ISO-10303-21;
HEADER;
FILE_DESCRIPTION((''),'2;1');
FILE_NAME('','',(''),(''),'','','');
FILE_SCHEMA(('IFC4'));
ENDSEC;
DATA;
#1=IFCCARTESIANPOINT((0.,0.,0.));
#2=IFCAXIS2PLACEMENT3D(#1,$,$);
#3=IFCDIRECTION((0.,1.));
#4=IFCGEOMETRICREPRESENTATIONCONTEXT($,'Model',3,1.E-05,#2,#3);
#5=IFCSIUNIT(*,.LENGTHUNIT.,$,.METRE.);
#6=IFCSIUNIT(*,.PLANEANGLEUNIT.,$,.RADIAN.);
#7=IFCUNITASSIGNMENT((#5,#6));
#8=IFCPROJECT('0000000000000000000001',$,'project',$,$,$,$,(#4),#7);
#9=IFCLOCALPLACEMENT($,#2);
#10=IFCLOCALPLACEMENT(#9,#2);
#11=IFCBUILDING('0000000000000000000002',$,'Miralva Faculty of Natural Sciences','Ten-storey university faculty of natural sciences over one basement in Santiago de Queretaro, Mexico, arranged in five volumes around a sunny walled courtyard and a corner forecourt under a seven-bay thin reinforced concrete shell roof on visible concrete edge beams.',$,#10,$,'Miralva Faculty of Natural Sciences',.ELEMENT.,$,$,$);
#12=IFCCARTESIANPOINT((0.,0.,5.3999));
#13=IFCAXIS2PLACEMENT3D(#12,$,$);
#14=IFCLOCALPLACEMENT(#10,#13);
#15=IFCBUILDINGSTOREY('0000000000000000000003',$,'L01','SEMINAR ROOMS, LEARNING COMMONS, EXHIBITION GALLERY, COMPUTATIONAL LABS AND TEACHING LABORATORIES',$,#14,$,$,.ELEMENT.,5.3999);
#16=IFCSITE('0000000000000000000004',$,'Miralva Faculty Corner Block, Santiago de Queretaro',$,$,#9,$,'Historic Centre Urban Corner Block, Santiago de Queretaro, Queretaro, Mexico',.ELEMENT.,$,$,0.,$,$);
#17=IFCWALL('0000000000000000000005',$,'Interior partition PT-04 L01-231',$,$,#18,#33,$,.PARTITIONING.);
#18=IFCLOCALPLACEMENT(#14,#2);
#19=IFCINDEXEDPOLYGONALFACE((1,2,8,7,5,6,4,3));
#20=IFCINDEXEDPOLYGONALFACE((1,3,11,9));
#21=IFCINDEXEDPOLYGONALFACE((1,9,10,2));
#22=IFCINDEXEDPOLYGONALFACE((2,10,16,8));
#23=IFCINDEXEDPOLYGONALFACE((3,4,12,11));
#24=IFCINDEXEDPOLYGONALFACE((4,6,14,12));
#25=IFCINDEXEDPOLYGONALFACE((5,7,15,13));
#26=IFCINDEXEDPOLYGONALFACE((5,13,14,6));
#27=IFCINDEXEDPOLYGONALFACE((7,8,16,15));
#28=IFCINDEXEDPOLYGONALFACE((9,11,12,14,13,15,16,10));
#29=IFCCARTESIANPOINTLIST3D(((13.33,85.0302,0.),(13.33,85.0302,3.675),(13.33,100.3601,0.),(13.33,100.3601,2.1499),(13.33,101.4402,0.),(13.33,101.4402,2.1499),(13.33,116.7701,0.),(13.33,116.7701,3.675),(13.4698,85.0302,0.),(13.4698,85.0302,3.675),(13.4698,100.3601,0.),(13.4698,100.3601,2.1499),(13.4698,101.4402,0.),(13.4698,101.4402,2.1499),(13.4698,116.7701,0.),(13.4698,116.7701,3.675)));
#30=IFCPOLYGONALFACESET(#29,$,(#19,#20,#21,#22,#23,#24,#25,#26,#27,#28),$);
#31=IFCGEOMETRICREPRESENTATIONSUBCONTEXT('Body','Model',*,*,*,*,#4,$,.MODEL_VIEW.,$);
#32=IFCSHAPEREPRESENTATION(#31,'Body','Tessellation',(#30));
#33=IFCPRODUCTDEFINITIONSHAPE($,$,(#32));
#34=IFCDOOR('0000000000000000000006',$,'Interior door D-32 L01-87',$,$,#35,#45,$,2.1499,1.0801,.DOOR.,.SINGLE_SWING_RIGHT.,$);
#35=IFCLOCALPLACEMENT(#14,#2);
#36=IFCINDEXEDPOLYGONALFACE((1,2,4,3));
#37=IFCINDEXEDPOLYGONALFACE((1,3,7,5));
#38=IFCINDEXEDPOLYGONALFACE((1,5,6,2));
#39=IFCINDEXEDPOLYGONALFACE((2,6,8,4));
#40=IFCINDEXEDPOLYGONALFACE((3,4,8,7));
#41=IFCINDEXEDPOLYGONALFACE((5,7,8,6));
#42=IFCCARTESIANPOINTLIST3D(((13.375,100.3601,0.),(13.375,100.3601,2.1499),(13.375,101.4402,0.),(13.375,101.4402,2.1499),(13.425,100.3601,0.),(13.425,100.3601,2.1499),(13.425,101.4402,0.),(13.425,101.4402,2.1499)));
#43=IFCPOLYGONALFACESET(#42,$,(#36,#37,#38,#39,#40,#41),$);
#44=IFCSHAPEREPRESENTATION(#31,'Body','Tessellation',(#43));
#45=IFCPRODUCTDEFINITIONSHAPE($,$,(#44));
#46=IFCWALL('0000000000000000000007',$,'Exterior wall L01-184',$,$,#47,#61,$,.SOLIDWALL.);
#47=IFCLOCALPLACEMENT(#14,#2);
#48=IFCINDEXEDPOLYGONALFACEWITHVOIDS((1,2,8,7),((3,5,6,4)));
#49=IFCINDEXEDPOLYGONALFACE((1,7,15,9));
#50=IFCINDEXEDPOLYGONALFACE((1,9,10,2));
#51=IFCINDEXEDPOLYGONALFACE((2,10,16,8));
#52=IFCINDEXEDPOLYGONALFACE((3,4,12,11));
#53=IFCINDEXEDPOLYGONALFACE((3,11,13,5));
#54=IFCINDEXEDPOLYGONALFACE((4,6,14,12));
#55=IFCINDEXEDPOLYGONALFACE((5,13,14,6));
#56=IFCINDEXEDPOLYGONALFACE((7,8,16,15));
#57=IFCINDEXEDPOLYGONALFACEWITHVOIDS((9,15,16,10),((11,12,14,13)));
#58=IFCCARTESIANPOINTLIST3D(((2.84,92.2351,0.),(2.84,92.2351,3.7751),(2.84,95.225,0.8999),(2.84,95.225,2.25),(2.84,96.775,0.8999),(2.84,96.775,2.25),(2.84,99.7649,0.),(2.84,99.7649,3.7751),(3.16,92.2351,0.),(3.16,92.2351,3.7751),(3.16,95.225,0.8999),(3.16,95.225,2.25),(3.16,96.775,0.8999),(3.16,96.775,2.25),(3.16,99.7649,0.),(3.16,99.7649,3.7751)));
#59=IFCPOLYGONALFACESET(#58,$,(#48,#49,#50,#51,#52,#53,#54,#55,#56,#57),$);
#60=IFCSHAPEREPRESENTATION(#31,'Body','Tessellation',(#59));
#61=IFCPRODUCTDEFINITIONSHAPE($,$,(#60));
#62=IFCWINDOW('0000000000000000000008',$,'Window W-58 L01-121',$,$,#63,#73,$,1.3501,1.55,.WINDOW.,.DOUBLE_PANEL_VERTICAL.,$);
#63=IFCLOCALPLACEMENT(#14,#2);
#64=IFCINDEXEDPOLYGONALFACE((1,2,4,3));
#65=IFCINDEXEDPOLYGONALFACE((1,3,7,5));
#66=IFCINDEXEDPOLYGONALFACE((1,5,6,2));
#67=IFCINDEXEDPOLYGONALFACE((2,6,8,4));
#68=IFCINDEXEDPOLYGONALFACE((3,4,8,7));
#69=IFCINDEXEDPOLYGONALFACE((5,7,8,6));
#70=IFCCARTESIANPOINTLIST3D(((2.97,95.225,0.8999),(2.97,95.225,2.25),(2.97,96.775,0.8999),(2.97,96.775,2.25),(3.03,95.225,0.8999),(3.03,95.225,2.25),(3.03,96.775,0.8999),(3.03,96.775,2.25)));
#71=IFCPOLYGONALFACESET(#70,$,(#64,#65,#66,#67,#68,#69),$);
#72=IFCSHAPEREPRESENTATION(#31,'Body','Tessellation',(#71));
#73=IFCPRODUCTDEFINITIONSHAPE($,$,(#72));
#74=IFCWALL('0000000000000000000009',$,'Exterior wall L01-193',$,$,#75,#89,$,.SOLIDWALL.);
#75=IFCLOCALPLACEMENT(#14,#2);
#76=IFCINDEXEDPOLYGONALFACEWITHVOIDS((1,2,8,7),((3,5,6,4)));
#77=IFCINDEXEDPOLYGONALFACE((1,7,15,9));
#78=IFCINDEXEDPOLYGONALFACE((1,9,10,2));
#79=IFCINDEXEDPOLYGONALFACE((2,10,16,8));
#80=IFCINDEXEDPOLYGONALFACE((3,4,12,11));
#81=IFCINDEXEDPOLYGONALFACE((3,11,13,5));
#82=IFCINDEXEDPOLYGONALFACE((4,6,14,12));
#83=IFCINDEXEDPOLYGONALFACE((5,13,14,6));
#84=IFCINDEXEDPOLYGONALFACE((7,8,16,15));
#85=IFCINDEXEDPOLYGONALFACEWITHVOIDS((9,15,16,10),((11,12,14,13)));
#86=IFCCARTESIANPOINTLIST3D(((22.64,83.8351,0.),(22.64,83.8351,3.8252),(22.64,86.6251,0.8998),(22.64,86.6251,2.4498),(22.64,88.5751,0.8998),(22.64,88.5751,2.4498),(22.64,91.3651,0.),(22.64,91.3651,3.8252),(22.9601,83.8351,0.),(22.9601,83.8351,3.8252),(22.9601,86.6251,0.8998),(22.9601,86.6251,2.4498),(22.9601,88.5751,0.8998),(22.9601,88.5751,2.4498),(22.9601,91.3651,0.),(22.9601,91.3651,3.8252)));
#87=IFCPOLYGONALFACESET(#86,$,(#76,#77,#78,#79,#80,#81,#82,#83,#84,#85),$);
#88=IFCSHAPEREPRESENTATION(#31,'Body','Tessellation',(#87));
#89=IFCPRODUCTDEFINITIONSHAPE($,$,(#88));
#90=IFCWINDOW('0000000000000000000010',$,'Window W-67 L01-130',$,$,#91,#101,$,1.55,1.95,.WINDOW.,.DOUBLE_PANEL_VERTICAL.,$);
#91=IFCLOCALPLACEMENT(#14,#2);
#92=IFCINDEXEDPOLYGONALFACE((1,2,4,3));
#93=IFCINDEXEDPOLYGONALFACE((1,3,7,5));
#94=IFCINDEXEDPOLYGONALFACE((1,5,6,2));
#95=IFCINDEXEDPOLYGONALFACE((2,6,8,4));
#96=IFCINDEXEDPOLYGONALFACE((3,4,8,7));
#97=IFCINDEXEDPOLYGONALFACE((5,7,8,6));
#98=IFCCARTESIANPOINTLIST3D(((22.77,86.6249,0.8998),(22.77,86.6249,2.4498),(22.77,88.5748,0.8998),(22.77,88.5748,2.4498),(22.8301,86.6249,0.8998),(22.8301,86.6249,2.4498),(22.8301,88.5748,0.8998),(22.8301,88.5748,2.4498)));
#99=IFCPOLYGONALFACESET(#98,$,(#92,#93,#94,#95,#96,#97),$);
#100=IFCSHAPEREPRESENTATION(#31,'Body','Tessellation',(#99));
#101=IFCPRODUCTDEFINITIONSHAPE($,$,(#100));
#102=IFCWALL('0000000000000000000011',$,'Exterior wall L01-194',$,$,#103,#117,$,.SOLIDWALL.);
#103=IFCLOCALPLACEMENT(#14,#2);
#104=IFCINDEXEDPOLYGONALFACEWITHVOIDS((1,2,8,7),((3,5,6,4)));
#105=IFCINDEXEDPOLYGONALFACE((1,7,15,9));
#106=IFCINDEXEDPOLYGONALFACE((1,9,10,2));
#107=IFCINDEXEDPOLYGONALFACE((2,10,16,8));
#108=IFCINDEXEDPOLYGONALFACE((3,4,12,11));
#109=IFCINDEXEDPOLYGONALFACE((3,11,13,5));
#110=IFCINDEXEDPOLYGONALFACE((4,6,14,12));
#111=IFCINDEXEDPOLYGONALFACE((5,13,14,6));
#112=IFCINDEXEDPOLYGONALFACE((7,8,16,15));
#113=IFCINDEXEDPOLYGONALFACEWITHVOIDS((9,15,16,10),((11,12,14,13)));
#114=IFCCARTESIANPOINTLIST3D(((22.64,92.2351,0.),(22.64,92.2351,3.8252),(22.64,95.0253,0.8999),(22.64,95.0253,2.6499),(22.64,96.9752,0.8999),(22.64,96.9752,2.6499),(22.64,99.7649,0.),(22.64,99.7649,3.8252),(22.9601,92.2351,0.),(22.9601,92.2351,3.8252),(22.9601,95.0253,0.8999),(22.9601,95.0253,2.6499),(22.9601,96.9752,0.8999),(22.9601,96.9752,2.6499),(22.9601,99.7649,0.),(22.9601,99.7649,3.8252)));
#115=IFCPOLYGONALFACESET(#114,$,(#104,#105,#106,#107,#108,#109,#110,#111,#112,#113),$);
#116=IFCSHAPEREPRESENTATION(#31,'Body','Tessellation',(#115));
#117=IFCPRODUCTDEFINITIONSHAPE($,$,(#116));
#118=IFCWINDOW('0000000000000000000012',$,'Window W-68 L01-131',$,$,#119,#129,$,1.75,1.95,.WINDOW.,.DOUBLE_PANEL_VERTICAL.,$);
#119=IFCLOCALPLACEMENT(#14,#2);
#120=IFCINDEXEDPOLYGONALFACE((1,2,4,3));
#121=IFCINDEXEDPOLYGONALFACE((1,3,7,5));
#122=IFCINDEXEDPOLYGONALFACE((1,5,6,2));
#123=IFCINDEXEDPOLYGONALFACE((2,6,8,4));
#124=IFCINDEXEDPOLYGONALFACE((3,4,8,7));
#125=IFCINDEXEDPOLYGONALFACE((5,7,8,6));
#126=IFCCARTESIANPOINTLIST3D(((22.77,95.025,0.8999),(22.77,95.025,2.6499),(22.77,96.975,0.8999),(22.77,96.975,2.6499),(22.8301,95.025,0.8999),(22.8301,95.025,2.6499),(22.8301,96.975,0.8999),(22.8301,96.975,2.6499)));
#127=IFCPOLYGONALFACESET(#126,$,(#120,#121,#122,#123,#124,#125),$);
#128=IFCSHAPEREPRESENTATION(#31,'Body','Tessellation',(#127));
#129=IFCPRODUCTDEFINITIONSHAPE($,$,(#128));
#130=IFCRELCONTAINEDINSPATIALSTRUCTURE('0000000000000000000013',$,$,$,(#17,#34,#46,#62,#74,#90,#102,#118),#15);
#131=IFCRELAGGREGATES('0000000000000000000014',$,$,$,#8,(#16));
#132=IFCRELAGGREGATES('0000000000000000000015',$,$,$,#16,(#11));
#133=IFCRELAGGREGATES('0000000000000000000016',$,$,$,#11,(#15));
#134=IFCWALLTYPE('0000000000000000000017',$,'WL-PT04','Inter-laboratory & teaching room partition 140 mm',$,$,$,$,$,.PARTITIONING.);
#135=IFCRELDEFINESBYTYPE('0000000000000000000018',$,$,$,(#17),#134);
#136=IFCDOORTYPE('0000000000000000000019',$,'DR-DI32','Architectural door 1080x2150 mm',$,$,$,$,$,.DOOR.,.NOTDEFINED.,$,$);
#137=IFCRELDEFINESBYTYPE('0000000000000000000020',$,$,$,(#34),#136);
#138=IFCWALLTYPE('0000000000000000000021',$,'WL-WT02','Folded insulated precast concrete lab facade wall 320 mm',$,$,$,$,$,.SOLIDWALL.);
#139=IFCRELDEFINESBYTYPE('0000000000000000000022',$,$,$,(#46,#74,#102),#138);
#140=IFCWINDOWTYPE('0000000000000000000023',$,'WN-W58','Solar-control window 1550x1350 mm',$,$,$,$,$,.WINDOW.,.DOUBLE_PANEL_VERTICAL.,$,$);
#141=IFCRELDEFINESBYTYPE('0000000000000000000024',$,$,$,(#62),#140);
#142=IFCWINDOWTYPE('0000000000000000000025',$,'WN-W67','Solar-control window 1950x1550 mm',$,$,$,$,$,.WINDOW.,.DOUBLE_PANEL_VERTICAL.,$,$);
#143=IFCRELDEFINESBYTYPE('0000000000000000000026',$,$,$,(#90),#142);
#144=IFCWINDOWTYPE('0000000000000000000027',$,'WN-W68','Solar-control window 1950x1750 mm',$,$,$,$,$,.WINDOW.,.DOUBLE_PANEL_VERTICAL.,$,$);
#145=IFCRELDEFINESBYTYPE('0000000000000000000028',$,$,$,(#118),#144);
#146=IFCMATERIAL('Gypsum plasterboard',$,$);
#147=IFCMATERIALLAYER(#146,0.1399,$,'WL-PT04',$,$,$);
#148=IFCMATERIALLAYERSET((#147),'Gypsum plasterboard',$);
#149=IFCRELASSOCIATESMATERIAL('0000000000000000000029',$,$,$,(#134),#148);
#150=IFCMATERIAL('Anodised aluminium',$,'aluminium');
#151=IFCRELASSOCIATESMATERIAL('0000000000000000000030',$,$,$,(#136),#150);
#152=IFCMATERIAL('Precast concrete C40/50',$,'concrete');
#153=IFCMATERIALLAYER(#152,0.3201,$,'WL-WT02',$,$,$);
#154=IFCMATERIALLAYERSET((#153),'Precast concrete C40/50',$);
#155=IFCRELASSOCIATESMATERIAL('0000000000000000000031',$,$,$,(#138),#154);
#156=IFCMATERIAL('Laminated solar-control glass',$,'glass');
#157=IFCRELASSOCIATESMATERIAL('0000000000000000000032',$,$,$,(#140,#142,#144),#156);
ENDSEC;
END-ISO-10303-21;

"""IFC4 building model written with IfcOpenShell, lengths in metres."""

from ifc_helpers import new_model, si_unit, direction, frame, frame_2d, origin, place, context, subcontext, project, spatial, rectangle, extrude, material, layer, layer_set, type_object, element, fill, save


model = new_model("IFC4")

# Units and contexts
model_context = context("Model", 3, precision=1e-05, world=origin(), true_north=direction((0.0, 1.0)))
body_context = subcontext(model_context, "Body", "Model", "MODEL_VIEW")
ifc_project = project(units=[si_unit("LENGTHUNIT", "METRE"), si_unit("PLANEANGLEUNIT", "RADIAN")], contexts=[model_context])

# Site, building, storey
site_placement = place(None, origin())
site = spatial("IfcSite", under=ifc_project, at=site_placement, Name="Miralva Faculty Corner Block, Santiago de Queretaro", LongName="Historic Centre Urban Corner Block, Santiago de Queretaro, Queretaro, Mexico", CompositionType="ELEMENT", RefElevation=0.0)
building_placement = place(site_placement, origin())
building = spatial("IfcBuilding", under=site, at=building_placement, Name="Miralva Faculty of Natural Sciences", Description="Ten-storey university faculty of natural sciences over one basement in Santiago de Queretaro, Mexico, arranged in five volumes around a sunny walled courtyard and a corner forecourt under a seven-bay thin reinforced concrete shell roof on visible concrete edge beams.", LongName="Miralva Faculty of Natural Sciences", CompositionType="ELEMENT")
storey_placement = place(building_placement, frame((0.0, 0.0, 5.3999)))
storey = spatial("IfcBuildingStorey", under=building, at=storey_placement, Name="L01", Description="SEMINAR ROOMS, LEARNING COMMONS, EXHIBITION GALLERY, COMPUTATIONAL LABS AND TEACHING LABORATORIES", CompositionType="ELEMENT", Elevation=5.3999)

# Shared definitions
ifc_material_1 = material(Name="Gypsum plasterboard")

# Wall, opening, door
ifc_layer_1 = layer(ifc_material_1, 0.1399, Name="WL-PT04")
ifc_layer_set_1 = layer_set([ifc_layer_1], Name="Gypsum plasterboard")
wall_type_1 = type_object("IfcWallType", Name="WL-PT04", Description="Inter-laboratory & teaching room partition 140 mm", PredefinedType="PARTITIONING", material=ifc_layer_set_1)
wall_1_placement = place(storey_placement, frame((13.3999, 85.03, 0.0), z_axis=(0.0, 0.0, 1.0), x_axis=(0.0, 1.0, 0.0)))
wall_1 = element("IfcWall", 1, at=wall_1_placement, inside=storey, type_object=wall_type_1, Name="Interior partition PT-04 L01-231", PredefinedType="PARTITIONING", context=body_context, shape_type="SweptSolid", body=[
    extrude(rectangle(XDim=31.74, YDim=0.1399, at=frame_2d((15.8701, 0.0))), origin(), (0.0, 0.0, 1.0), 3.675),
])
opening_1_placement = place(wall_1_placement, frame((15.3301, 0.0, 0.0)))
opening_1 = element("IfcOpeningElement", 2, at=opening_1_placement, cuts=wall_1, PredefinedType="OPENING", context=body_context, shape_type="SweptSolid", body=[
    extrude(rectangle(XDim=1.0801, YDim=2.1499, at=frame_2d((0.54, 1.075))), frame((0.0, 0.0798, 0.0), z_axis=(0.0, -1.0, 0.0), x_axis=(1.0, 0.0, 0.0)), (0.0, 0.0, 1.0), 0.1599),
])
ifc_material_2 = material(Name="Anodised aluminium", Category="aluminium")
door_type = type_object("IfcDoorType", Name="DR-DI32", Description="Architectural door 1080x2150 mm", OperationType="NOTDEFINED", PredefinedType="DOOR", material=ifc_material_2)
door_placement = place(opening_1_placement, origin())
door = element("IfcDoor", 3, at=door_placement, inside=storey, type_object=door_type, Name="Interior door D-32 L01-87", OperationType="SINGLE_SWING_RIGHT", OverallHeight=2.1499, OverallWidth=1.0801, PredefinedType="DOOR", context=body_context, shape_type="SweptSolid", body=[
    extrude(rectangle(XDim=1.0801, YDim=2.1499, at=frame_2d((0.54, 1.075))), frame((0.0, 0.0249, 0.0), z_axis=(0.0, -1.0, 0.0), x_axis=(1.0, 0.0, 0.0)), (0.0, 0.0, 1.0), 0.05),
])
fill(opening_1, door)

# Walls, openings, windows
ifc_material_3 = material(Name="Precast concrete C40/50", Category="concrete")
ifc_layer_2 = layer(ifc_material_3, 0.3201, Name="WL-WT02")
ifc_layer_set_2 = layer_set([ifc_layer_2], Name="Precast concrete C40/50")
wall_type_2 = type_object("IfcWallType", Name="WL-WT02", Description="Folded insulated precast concrete lab facade wall 320 mm", PredefinedType="SOLIDWALL", material=ifc_layer_set_2)
wall_2_placement = place(storey_placement, frame((3.0, 92.2351, 0.0), z_axis=(0.0, 0.0, 1.0), x_axis=(0.0, 1.0, 0.0)))
wall_2 = element("IfcWall", 4, at=wall_2_placement, inside=storey, type_object=wall_type_2, Name="Exterior wall L01-184", PredefinedType="SOLIDWALL", context=body_context, shape_type="SweptSolid", body=[
    extrude(rectangle(XDim=7.5298, YDim=0.3201, at=frame_2d((3.7649, 0.0))), origin(), (0.0, 0.0, 1.0), 3.7751),
])
opening_2_placement = place(wall_2_placement, frame((2.99, 0.0, 0.8999)))
opening_2 = element("IfcOpeningElement", 5, at=opening_2_placement, cuts=wall_2, PredefinedType="OPENING", context=body_context, shape_type="SweptSolid", body=[
    extrude(rectangle(XDim=1.55, YDim=1.3501, at=frame_2d((0.7749, 0.675))), frame((0.0, 0.1699, 0.0), z_axis=(0.0, -1.0, 0.0), x_axis=(1.0, 0.0, 0.0)), (0.0, 0.0, 1.0), 0.3401),
])
ifc_material_4 = material(Name="Laminated solar-control glass", Category="glass")
window_type_1 = type_object("IfcWindowType", Name="WN-W58", Description="Solar-control window 1550x1350 mm", PartitioningType="DOUBLE_PANEL_VERTICAL", PredefinedType="WINDOW", material=ifc_material_4)
window_1_placement = place(opening_2_placement, origin())
window_1 = element("IfcWindow", 6, at=window_1_placement, inside=storey, type_object=window_type_1, Name="Window W-58 L01-121", OverallHeight=1.3501, OverallWidth=1.55, PartitioningType="DOUBLE_PANEL_VERTICAL", PredefinedType="WINDOW", context=body_context, shape_type="SweptSolid", body=[
    extrude(rectangle(XDim=1.55, YDim=1.3501, at=frame_2d((0.7749, 0.675))), frame((0.0, 0.03, 0.0), z_axis=(0.0, -1.0, 0.0), x_axis=(1.0, 0.0, 0.0)), (0.0, 0.0, 1.0), 0.0601),
])
fill(opening_2, window_1)
wall_3_placement = place(storey_placement, frame((22.8, 83.835, 0.0), z_axis=(0.0, 0.0, 1.0), x_axis=(0.0, 1.0, 0.0)))
wall_3 = element("IfcWall", 7, at=wall_3_placement, inside=storey, type_object=wall_type_2, Name="Exterior wall L01-193", PredefinedType="SOLIDWALL", context=body_context, shape_type="SweptSolid", body=[
    extrude(rectangle(XDim=7.53, YDim=0.3201, at=frame_2d((3.7651, 0.0))), origin(), (0.0, 0.0, 1.0), 3.8252),
])
opening_3_placement = place(wall_3_placement, frame((2.79, 0.0, 0.8999)))
opening_3 = element("IfcOpeningElement", 8, at=opening_3_placement, cuts=wall_3, PredefinedType="OPENING", context=body_context, shape_type="SweptSolid", body=[
    extrude(rectangle(XDim=1.95, YDim=1.55, at=frame_2d((0.9751, 0.7749))), frame((0.0, 0.1699, 0.0), z_axis=(0.0, -1.0, 0.0), x_axis=(1.0, 0.0, 0.0)), (0.0, 0.0, 1.0), 0.3401),
])
window_type_2 = type_object("IfcWindowType", Name="WN-W67", Description="Solar-control window 1950x1550 mm", PartitioningType="DOUBLE_PANEL_VERTICAL", PredefinedType="WINDOW", material=ifc_material_4)
window_2_placement = place(opening_3_placement, frame((1.95, 0.0, 0.0), z_axis=(0.0, 0.0, 1.0), x_axis=(-1.0, 0.0, 0.0)))
window_2 = element("IfcWindow", 9, at=window_2_placement, inside=storey, type_object=window_type_2, Name="Window W-67 L01-130", OverallHeight=1.55, OverallWidth=1.95, PartitioningType="DOUBLE_PANEL_VERTICAL", PredefinedType="WINDOW", context=body_context, shape_type="SweptSolid", body=[
    extrude(rectangle(XDim=1.95, YDim=1.55, at=frame_2d((0.9751, 0.7749))), frame((0.0, 0.03, 0.0), z_axis=(0.0, -1.0, 0.0), x_axis=(1.0, 0.0, 0.0)), (0.0, 0.0, 1.0), 0.0601),
])
fill(opening_3, window_2)
wall_4_placement = place(storey_placement, frame((22.8, 92.2351, 0.0), z_axis=(0.0, 0.0, 1.0), x_axis=(0.0, 1.0, 0.0)))
wall_4 = element("IfcWall", 10, at=wall_4_placement, inside=storey, type_object=wall_type_2, Name="Exterior wall L01-194", PredefinedType="SOLIDWALL", context=body_context, shape_type="SweptSolid", body=[
    extrude(rectangle(XDim=7.5298, YDim=0.3201, at=frame_2d((3.7649, 0.0))), origin(), (0.0, 0.0, 1.0), 3.8252),
])
opening_4_placement = place(wall_4_placement, frame((2.79, 0.0, 0.8999)))
opening_4 = element("IfcOpeningElement", 11, at=opening_4_placement, cuts=wall_4, PredefinedType="OPENING", context=body_context, shape_type="SweptSolid", body=[
    extrude(rectangle(XDim=1.95, YDim=1.75, at=frame_2d((0.9751, 0.875))), frame((0.0, 0.1699, 0.0), z_axis=(0.0, -1.0, 0.0), x_axis=(1.0, 0.0, 0.0)), (0.0, 0.0, 1.0), 0.3401),
])
window_type_3 = type_object("IfcWindowType", Name="WN-W68", Description="Solar-control window 1950x1750 mm", PartitioningType="DOUBLE_PANEL_VERTICAL", PredefinedType="WINDOW", material=ifc_material_4)
window_3_placement = place(opening_4_placement, frame((1.95, 0.0, 0.0), z_axis=(0.0, 0.0, 1.0), x_axis=(-1.0, 0.0, 0.0)))
window_3 = element("IfcWindow", 12, at=window_3_placement, inside=storey, type_object=window_type_3, Name="Window W-68 L01-131", OverallHeight=1.75, OverallWidth=1.95, PartitioningType="DOUBLE_PANEL_VERTICAL", PredefinedType="WINDOW", context=body_context, shape_type="SweptSolid", body=[
    extrude(rectangle(XDim=1.95, YDim=1.75, at=frame_2d((0.9751, 0.875))), frame((0.0, 0.03, 0.0), z_axis=(0.0, -1.0, 0.0), x_axis=(1.0, 0.0, 0.0)), (0.0, 0.0, 1.0), 0.0601),
])
fill(opening_4, window_3)

save(model, "model.ifc")
